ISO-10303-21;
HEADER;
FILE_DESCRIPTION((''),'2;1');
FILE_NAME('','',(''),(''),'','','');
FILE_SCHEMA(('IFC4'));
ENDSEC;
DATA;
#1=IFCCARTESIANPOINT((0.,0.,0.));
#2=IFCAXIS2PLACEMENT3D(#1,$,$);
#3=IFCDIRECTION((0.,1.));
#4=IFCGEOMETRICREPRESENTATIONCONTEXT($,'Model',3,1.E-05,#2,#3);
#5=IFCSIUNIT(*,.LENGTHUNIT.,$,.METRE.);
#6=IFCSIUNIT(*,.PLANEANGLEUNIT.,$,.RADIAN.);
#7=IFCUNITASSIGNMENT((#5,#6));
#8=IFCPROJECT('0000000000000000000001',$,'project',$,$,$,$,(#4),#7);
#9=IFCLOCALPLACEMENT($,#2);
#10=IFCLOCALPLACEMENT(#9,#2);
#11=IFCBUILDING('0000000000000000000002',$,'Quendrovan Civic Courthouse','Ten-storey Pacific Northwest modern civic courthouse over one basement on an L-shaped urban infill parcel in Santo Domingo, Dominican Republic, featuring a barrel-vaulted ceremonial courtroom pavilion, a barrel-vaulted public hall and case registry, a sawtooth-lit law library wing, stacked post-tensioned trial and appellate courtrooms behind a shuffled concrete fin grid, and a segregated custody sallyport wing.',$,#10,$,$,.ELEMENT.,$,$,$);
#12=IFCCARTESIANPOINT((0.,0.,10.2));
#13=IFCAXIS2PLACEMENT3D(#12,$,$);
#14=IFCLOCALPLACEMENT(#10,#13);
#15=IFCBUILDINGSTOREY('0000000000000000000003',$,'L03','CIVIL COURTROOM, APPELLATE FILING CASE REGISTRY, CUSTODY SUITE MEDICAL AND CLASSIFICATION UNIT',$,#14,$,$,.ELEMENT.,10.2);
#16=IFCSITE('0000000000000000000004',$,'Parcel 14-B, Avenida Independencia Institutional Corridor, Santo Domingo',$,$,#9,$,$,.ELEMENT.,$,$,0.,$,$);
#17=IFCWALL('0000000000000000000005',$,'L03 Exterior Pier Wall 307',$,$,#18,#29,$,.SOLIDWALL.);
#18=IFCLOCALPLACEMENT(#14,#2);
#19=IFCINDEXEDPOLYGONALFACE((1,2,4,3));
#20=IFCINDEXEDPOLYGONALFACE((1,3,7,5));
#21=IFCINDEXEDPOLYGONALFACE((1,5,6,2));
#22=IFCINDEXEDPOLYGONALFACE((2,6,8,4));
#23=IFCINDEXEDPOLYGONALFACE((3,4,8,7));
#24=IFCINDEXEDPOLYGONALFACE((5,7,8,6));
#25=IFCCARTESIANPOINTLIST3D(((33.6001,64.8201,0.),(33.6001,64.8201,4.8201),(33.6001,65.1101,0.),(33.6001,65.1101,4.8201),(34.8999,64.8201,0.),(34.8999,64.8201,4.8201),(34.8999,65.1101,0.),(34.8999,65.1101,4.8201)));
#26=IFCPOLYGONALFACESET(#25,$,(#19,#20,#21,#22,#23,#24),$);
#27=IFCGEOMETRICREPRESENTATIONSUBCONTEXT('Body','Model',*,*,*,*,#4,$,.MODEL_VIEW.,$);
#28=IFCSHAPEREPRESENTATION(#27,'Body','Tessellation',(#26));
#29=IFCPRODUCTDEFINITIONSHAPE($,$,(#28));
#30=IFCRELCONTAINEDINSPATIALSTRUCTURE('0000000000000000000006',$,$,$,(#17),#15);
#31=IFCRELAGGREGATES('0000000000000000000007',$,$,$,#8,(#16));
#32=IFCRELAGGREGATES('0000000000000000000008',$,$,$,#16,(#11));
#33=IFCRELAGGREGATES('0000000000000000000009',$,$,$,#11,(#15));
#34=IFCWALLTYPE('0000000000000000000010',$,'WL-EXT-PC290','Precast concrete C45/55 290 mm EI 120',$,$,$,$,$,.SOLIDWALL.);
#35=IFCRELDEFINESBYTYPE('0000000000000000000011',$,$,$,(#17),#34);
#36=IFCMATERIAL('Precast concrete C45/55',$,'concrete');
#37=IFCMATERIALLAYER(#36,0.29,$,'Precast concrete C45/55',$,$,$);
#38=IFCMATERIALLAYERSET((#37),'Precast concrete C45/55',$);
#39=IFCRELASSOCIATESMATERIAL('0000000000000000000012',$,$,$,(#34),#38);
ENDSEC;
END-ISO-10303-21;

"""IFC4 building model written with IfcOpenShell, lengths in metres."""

from ifc_helpers import new_model, si_unit, direction, frame, frame_2d, origin, place, context, subcontext, project, spatial, rectangle, extrude, material, layer, layer_set, type_object, element, save


model = new_model("IFC4")

# Units and contexts
model_context = context("Model", 3, precision=1e-05, world=origin(), true_north=direction((0.0, 1.0)))
body_context = subcontext(model_context, "Body", "Model", "MODEL_VIEW")
ifc_project = project(units=[si_unit("LENGTHUNIT", "METRE"), si_unit("PLANEANGLEUNIT", "RADIAN")], contexts=[model_context])

# Site, building, storey
site_placement = place(None, origin())
site = spatial("IfcSite", under=ifc_project, at=site_placement, Name="Parcel 14-B, Avenida Independencia Institutional Corridor, Santo Domingo", CompositionType="ELEMENT", RefElevation=0.0)
building_placement = place(site_placement, origin())
building = spatial("IfcBuilding", under=site, at=building_placement, Name="Quendrovan Civic Courthouse", Description="Ten-storey Pacific Northwest modern civic courthouse over one basement on an L-shaped urban infill parcel in Santo Domingo, Dominican Republic, featuring a barrel-vaulted ceremonial courtroom pavilion, a barrel-vaulted public hall and case registry, a sawtooth-lit law library wing, stacked post-tensioned trial and appellate courtrooms behind a shuffled concrete fin grid, and a segregated custody sallyport wing.", CompositionType="ELEMENT")
storey_placement = place(building_placement, frame((0.0, 0.0, 10.2)))
storey = spatial("IfcBuildingStorey", under=building, at=storey_placement, Name="L03", Description="CIVIL COURTROOM, APPELLATE FILING CASE REGISTRY, CUSTODY SUITE MEDICAL AND CLASSIFICATION UNIT", CompositionType="ELEMENT", Elevation=10.2)

# Wall
ifc_material_1 = material(Name="Precast concrete C45/55", Category="concrete")
ifc_layer_1 = layer(ifc_material_1, 0.29, Name="Precast concrete C45/55")
ifc_layer_set_1 = layer_set([ifc_layer_1], Name="Precast concrete C45/55")
wall_type = type_object("IfcWallType", Name="WL-EXT-PC290", Description="Precast concrete C45/55 290 mm EI 120", PredefinedType="SOLIDWALL", material=ifc_layer_set_1)
wall_placement = place(storey_placement, frame((34.8999, 64.9651, 0.0), z_axis=(0.0, 0.0, 1.0), x_axis=(-1.0, 0.0, 0.0)))
element("IfcWall", 1, at=wall_placement, inside=storey, type_object=wall_type, Name="L03 Exterior Pier Wall 307", PredefinedType="SOLIDWALL", context=body_context, shape_type="SweptSolid", body=[
    extrude(rectangle(XDim=1.2998, YDim=0.29, at=frame_2d((0.6499, 0.0))), origin(), (0.0, 0.0, 1.0), 4.8201),
])

save(model, "model.ifc")
